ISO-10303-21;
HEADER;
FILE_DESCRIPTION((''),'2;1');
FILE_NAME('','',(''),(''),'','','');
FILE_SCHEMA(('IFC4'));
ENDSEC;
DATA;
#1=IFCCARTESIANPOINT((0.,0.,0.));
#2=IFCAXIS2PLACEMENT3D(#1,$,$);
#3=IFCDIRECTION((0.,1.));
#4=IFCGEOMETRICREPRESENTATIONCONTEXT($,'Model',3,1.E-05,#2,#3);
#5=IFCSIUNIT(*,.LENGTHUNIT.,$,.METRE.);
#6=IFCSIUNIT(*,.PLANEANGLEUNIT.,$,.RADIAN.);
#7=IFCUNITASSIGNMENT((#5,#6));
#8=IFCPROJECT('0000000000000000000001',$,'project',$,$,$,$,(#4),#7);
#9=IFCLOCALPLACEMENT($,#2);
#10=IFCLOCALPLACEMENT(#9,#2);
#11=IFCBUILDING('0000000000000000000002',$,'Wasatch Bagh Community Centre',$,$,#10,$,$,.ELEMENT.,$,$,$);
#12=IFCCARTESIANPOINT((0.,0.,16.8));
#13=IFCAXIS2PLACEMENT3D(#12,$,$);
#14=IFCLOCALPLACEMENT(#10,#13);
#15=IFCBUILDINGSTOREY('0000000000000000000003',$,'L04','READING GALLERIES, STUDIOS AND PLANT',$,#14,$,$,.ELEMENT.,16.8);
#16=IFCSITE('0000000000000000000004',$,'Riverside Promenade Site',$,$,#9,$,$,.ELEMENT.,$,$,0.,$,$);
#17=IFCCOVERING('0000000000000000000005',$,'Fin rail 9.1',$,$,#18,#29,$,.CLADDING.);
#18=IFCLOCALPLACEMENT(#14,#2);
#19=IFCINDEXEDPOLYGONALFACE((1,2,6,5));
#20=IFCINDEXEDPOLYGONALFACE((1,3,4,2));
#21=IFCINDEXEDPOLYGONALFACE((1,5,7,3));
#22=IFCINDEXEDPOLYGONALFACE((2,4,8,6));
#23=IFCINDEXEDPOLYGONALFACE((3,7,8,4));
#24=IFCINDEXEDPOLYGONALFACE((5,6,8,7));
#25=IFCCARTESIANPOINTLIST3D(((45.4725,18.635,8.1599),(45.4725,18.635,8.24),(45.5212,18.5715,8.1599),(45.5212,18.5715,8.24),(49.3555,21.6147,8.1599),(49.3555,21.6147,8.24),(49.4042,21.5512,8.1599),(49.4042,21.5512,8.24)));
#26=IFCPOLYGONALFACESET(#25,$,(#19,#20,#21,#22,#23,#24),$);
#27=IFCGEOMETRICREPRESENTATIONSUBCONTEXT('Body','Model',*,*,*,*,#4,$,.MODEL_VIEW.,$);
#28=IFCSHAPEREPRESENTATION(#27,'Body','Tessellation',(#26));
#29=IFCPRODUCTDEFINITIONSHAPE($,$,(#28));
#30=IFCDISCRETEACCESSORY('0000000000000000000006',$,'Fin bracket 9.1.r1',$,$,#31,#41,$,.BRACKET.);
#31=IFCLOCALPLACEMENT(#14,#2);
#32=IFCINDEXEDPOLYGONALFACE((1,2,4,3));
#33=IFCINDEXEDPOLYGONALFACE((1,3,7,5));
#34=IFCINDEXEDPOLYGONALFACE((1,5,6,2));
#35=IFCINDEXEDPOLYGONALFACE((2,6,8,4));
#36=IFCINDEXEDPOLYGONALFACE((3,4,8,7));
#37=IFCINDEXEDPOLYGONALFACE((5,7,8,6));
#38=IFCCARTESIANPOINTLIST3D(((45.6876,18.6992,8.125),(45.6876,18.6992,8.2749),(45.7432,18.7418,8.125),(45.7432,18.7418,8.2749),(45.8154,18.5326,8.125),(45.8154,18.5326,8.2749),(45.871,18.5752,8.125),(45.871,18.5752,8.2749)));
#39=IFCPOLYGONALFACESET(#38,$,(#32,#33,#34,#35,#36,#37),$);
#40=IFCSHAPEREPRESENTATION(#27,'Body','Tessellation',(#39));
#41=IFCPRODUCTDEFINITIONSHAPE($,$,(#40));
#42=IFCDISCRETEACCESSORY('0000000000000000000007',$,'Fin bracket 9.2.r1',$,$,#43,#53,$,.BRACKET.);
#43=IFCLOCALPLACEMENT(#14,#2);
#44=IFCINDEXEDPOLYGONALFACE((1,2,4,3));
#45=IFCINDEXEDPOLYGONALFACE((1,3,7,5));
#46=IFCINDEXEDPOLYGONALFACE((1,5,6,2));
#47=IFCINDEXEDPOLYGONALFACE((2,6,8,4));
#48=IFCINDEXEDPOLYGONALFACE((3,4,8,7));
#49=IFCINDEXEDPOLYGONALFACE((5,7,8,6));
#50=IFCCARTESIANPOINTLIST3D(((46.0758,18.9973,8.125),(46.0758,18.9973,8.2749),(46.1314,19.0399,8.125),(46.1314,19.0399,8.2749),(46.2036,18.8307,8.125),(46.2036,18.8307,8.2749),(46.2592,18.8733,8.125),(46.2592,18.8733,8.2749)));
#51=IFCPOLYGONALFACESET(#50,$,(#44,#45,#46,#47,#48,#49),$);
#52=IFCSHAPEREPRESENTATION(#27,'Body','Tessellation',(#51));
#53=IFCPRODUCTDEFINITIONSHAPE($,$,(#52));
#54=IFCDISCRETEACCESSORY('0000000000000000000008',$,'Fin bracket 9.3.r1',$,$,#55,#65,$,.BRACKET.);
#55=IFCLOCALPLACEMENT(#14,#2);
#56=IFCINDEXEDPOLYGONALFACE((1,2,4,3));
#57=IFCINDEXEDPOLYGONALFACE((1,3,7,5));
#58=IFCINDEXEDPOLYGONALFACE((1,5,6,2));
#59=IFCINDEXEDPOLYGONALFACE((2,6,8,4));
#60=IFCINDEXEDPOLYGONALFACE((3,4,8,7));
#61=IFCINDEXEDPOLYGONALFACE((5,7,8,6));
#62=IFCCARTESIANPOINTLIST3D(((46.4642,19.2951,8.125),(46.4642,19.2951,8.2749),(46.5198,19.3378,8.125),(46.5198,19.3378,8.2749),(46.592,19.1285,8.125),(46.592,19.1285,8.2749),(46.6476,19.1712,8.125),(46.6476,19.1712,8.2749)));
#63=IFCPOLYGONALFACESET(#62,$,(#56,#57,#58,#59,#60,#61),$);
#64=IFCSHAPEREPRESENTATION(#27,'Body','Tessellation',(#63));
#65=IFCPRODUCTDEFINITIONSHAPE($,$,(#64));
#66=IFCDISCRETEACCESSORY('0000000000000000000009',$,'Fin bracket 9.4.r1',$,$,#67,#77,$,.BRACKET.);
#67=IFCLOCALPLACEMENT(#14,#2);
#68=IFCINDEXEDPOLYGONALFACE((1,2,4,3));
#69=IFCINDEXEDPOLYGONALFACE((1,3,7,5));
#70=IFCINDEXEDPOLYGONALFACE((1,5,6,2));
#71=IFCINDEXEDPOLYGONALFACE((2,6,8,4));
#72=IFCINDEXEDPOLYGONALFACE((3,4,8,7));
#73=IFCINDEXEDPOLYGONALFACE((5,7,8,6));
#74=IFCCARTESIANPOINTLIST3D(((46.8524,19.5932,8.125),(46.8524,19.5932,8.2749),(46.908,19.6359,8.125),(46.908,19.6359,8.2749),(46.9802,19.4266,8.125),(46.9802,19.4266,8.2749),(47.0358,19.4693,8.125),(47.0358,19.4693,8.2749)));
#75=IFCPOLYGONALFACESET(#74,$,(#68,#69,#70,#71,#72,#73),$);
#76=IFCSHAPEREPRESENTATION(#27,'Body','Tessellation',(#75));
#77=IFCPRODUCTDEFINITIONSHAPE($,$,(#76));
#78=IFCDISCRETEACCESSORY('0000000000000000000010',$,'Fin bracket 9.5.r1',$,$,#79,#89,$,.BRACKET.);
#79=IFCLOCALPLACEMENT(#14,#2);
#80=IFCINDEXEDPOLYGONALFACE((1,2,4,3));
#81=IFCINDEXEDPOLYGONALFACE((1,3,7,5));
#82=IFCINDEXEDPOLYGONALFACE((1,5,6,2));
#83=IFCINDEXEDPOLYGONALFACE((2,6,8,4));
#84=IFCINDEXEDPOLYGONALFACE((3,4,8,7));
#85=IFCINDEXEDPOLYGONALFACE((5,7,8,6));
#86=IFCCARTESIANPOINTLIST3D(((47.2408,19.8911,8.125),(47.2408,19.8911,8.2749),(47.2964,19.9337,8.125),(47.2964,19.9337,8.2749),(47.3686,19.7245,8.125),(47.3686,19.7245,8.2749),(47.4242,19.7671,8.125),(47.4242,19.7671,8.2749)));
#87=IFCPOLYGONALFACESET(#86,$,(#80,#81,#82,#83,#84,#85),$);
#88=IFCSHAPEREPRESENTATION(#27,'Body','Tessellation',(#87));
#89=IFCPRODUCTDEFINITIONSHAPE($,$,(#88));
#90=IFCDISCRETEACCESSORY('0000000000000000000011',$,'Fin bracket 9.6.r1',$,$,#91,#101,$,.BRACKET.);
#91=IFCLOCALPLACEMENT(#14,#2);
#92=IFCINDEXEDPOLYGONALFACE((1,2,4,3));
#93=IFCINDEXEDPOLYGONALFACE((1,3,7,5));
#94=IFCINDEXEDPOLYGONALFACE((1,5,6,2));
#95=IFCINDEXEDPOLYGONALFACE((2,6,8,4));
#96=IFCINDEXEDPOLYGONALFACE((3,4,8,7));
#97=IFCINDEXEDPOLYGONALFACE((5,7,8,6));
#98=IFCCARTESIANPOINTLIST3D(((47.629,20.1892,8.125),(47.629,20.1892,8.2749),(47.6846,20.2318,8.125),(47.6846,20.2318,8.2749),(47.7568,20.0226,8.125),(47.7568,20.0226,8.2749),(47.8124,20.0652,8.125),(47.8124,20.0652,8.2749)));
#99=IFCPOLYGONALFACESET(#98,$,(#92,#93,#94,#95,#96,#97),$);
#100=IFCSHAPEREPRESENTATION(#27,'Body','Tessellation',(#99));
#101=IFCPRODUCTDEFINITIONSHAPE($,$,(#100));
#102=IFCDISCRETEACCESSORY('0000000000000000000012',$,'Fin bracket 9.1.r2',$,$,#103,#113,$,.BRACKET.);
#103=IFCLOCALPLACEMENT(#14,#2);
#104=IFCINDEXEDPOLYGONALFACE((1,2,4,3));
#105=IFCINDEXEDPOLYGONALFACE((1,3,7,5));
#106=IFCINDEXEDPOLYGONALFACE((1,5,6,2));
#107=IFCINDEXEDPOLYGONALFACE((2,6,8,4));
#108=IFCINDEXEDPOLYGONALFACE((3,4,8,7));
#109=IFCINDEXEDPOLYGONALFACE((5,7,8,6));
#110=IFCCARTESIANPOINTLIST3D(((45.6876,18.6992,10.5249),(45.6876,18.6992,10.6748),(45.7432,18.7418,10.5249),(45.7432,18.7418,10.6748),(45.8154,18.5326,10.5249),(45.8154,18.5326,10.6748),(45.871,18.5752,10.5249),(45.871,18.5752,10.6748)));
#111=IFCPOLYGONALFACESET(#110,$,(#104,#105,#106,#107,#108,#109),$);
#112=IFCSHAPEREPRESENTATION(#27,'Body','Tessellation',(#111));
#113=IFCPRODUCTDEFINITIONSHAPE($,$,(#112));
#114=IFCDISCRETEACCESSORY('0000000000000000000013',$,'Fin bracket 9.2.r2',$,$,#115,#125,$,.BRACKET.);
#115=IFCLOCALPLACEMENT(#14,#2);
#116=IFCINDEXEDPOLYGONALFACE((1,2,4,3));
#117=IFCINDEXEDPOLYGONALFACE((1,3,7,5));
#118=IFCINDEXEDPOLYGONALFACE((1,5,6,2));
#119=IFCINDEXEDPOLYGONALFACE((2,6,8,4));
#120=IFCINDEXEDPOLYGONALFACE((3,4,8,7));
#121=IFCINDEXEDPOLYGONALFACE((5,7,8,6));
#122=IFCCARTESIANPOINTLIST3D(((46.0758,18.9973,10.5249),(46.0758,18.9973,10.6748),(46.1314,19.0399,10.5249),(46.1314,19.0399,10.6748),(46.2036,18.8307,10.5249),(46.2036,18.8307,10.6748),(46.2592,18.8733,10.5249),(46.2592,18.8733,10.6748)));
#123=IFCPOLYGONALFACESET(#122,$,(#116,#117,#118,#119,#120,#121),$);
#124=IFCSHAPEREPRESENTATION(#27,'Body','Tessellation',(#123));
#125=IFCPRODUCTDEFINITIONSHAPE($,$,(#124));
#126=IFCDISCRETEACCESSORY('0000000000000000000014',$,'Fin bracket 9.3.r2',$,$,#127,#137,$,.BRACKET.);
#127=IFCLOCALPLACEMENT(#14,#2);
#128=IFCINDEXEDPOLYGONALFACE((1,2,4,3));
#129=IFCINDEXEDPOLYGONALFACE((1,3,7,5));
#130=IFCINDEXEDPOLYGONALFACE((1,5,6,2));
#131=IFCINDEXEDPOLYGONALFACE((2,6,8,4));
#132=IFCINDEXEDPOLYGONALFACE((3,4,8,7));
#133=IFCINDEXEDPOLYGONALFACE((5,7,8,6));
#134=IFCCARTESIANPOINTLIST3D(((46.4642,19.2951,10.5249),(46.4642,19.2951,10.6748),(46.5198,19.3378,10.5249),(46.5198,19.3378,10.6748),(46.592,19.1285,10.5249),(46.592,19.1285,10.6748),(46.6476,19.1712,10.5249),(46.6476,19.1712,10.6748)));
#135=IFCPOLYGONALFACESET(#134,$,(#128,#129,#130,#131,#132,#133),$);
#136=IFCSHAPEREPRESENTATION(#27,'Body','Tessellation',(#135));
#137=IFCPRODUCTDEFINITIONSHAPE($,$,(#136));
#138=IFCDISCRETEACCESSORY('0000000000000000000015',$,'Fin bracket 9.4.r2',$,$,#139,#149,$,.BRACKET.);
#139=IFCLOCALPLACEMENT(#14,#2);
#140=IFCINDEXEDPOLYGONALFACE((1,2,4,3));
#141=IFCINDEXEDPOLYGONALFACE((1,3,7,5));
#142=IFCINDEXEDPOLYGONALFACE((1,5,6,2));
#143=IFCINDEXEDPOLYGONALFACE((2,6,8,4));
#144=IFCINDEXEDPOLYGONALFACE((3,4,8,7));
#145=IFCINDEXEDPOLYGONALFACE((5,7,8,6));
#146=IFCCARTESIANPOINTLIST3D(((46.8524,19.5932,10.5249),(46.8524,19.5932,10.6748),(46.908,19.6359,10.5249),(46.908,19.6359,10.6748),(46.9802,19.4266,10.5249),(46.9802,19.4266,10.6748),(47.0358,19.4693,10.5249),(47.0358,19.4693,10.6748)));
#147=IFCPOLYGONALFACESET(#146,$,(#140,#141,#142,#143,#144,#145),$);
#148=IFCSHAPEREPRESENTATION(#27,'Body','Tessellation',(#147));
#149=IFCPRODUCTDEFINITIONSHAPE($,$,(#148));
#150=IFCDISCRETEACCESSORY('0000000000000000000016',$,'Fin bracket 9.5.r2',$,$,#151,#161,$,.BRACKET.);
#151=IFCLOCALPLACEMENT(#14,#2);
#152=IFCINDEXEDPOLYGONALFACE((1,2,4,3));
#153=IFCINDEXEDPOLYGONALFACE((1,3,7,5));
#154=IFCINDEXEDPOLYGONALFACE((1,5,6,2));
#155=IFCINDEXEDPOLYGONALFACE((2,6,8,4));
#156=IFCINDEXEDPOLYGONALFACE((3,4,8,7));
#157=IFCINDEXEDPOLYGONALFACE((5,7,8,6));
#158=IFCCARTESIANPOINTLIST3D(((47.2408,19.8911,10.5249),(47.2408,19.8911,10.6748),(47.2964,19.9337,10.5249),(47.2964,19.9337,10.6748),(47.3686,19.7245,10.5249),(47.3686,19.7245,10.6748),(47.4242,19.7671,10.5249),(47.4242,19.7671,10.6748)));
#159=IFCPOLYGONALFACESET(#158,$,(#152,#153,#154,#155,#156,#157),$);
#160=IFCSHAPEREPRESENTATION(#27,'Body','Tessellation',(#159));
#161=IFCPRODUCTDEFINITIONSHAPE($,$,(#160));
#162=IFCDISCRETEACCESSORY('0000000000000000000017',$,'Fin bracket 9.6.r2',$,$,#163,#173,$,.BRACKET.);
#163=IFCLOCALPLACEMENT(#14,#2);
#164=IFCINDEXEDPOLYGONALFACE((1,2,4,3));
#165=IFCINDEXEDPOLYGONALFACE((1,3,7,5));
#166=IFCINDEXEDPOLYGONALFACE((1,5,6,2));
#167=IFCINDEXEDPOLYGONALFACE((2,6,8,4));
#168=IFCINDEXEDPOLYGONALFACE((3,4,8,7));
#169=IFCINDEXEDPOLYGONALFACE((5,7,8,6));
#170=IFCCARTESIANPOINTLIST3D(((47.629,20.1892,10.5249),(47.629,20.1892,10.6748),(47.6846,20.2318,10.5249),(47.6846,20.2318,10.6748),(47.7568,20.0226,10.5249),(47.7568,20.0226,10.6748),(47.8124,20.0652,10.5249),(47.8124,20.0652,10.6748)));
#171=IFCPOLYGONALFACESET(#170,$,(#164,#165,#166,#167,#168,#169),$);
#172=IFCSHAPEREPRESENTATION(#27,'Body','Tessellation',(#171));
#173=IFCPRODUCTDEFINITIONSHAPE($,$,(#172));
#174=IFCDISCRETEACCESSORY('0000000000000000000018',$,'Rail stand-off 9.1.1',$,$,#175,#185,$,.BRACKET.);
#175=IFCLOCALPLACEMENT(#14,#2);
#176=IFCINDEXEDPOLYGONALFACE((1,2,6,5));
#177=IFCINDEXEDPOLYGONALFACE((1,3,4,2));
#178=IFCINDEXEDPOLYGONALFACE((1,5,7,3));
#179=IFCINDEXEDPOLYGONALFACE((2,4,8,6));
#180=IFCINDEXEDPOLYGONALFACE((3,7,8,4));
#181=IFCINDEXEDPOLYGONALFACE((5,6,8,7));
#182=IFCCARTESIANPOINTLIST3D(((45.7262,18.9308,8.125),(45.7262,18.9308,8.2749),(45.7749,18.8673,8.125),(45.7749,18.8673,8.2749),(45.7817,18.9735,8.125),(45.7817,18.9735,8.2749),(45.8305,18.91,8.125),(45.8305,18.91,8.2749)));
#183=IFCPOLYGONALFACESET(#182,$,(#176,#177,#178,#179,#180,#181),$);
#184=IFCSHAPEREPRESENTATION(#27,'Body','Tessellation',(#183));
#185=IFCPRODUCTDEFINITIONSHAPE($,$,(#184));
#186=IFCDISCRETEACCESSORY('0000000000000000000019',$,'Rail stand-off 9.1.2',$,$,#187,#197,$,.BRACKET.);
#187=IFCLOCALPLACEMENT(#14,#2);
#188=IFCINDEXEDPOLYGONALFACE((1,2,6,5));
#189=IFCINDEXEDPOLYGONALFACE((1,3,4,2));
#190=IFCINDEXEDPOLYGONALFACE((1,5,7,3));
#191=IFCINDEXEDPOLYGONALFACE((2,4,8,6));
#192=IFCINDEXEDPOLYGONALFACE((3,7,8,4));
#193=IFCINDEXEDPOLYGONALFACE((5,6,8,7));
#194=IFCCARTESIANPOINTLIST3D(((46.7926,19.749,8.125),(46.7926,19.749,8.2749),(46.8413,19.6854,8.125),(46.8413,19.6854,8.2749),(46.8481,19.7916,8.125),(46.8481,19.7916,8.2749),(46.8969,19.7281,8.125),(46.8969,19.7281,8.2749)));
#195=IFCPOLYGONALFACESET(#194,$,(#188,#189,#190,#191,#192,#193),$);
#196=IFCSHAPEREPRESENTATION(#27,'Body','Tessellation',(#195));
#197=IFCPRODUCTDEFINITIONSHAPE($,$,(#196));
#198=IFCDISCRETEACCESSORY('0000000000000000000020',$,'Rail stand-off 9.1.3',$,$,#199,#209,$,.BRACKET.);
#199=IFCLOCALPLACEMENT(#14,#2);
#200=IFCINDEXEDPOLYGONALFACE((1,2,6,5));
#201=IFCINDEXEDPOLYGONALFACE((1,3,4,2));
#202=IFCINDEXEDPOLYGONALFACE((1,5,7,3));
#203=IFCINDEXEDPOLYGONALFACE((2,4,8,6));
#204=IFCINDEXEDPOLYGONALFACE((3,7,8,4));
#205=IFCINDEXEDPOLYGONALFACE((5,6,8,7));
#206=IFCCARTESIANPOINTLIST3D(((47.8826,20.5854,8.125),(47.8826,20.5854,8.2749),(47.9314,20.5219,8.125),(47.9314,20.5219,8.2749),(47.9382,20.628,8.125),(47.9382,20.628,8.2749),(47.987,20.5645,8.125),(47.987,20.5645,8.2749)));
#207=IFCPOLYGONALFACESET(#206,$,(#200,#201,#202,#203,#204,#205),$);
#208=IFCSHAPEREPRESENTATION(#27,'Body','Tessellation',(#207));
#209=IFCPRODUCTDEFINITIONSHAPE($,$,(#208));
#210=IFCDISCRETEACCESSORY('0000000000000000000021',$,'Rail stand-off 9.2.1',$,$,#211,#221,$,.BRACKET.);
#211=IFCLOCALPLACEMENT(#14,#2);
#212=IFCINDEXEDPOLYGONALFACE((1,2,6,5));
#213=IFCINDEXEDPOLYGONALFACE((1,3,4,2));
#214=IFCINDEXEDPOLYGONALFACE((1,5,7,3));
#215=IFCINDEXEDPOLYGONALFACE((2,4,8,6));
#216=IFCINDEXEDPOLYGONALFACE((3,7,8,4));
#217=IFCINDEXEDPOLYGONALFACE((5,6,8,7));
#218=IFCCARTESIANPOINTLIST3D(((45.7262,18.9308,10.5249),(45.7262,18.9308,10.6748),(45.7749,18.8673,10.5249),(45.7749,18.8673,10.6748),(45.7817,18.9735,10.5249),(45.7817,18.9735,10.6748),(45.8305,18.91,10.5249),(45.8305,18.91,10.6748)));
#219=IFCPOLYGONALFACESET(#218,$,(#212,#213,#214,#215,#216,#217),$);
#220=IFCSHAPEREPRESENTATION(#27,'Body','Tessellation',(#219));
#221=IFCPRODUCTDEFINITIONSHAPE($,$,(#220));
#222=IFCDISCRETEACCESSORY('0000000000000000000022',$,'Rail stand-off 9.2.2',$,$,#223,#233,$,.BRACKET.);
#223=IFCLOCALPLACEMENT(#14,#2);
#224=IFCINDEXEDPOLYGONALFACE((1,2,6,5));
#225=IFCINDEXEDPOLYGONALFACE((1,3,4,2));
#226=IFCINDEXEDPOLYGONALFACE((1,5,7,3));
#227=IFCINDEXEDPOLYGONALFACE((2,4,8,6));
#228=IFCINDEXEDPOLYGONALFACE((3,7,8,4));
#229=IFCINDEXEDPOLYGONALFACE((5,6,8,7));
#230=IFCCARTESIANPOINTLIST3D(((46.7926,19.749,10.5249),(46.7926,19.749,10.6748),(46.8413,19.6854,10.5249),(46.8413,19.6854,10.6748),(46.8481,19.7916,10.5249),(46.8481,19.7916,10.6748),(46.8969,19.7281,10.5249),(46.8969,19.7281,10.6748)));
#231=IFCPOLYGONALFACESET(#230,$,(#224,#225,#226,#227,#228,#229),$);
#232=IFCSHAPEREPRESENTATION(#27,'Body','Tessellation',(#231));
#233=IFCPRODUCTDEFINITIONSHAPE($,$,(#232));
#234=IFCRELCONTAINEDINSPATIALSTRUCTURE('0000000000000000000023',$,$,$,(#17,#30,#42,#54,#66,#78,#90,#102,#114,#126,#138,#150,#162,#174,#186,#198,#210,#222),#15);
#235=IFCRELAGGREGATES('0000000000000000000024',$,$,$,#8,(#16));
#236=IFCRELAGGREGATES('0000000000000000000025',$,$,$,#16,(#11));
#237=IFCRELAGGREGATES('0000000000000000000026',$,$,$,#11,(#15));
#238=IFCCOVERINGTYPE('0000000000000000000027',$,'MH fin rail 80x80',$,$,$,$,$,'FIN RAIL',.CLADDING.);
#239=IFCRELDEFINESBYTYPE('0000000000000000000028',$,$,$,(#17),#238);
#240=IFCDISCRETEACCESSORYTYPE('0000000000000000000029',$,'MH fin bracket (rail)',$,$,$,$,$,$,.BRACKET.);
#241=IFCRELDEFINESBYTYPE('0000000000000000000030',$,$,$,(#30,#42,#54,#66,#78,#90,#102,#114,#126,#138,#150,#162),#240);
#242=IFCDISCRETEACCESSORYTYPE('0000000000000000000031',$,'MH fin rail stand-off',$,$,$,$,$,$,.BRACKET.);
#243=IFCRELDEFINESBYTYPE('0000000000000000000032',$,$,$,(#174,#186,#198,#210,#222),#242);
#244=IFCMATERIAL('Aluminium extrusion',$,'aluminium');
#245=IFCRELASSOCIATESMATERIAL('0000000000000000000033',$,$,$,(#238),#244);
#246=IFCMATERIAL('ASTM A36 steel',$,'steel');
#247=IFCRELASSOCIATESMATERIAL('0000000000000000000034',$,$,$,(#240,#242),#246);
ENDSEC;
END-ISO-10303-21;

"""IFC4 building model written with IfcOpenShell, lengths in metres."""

from ifc_helpers import new_model, si_unit, direction, frame, origin, origin_2d, place, context, subcontext, project, spatial, rectangle, extrude, material, material_profile, profile_set, type_object, element, save


model = new_model("IFC4")

# Units and contexts
model_context = context("Model", 3, precision=1e-05, world=origin(), true_north=direction((0.0, 1.0)))
body_context = subcontext(model_context, "Body", "Model", "MODEL_VIEW")
ifc_project = project(units=[si_unit("LENGTHUNIT", "METRE"), si_unit("PLANEANGLEUNIT", "RADIAN")], contexts=[model_context])

# Site, building, storey
site_placement = place(None, origin())
site = spatial("IfcSite", under=ifc_project, at=site_placement, Name="Riverside Promenade Site", CompositionType="ELEMENT", RefElevation=0.0)
building_placement = place(site_placement, origin())
building = spatial("IfcBuilding", under=site, at=building_placement, Name="Wasatch Bagh Community Centre", CompositionType="ELEMENT")
storey_placement = place(building_placement, frame((0.0, 0.0, 16.8)))
storey = spatial("IfcBuildingStorey", under=building, at=storey_placement, Name="L04", Description="READING GALLERIES, STUDIOS AND PLANT", CompositionType="ELEMENT", Elevation=16.8)

# Shared definitions
ifc_material_1 = material(Name="Aluminium extrusion", Category="aluminium")

# Covering
ifc_material_profile_1 = material_profile(ifc_material_1, rectangle(XDim=0.0801, YDim=0.0801, at=origin_2d()), Name="AL 80x80")
ifc_profile_set_1 = profile_set([ifc_material_profile_1], Name="Aluminium extrusion")
covering_type = type_object("IfcCoveringType", Name="MH fin rail 80x80", ElementType="FIN RAIL", PredefinedType="CLADDING", material=ifc_profile_set_1)
covering_placement = place(storey_placement, frame((45.4968, 18.6033, 8.2), z_axis=(0.793337, 0.608782, 0.0), x_axis=(-0.608782, 0.793337, 0.0)))
element("IfcCovering", 1, at=covering_placement, inside=storey, type_object=covering_type, Name="Fin rail 9.1", PredefinedType="CLADDING", context=body_context, shape_type="SweptSolid", body=[
    extrude(rectangle(XDim=0.0801, YDim=0.0801, at=origin_2d()), origin(), (0.0, 0.0, 1.0), 4.8945),
])

# Discrete accessories
ifc_material_2 = material(Name="ASTM A36 steel", Category="steel")
discrete_accessory_type_1 = type_object("IfcDiscreteAccessoryType", Name="MH fin bracket (rail)", PredefinedType="BRACKET", material=ifc_material_2)
for number, where, z_axis, x_axis, name in (
    (2, (45.7793, 18.6372, 8.125), (0.0, 0.0, 1.0), (0.793353, 0.608761, 0.0), "Fin bracket 9.1.r1"),
    (3, (46.1675, 18.9353, 8.125), (0.0, 0.0, 1.0), (0.793353, 0.608761, 0.0), "Fin bracket 9.2.r1"),
    (4, (46.5559, 19.2332, 8.125), (0.0, 0.0, 1.0), (0.793353, 0.608761, 0.0), "Fin bracket 9.3.r1"),
    (5, (46.9441, 19.5312, 8.125), (0.0, 0.0, 1.0), (0.793353, 0.608761, 0.0), "Fin bracket 9.4.r1"),
    (6, (47.3325, 19.8291, 8.125), (0.0, 0.0, 1.0), (0.793353, 0.608761, 0.0), "Fin bracket 9.5.r1"),
    (7, (47.7207, 20.1272, 8.125), (0.0, 0.0, 1.0), (0.793353, 0.608761, 0.0), "Fin bracket 9.6.r1"),
    (8, (45.7793, 18.6372, 10.5249), (0.0, 0.0, 1.0), (0.793353, 0.608761, 0.0), "Fin bracket 9.1.r2"),
    (9, (46.1675, 18.9353, 10.5249), (0.0, 0.0, 1.0), (0.793353, 0.608761, 0.0), "Fin bracket 9.2.r2"),
    (10, (46.5559, 19.2332, 10.5249), (0.0, 0.0, 1.0), (0.793353, 0.608761, 0.0), "Fin bracket 9.3.r2"),
    (11, (46.9441, 19.5312, 10.5249), (0.0, 0.0, 1.0), (0.793353, 0.608761, 0.0), "Fin bracket 9.4.r2"),
    (12, (47.3325, 19.8291, 10.5249), (0.0, 0.0, 1.0), (0.793353, 0.608761, 0.0), "Fin bracket 9.5.r2"),
    (13, (47.7207, 20.1272, 10.5249), (0.0, 0.0, 1.0), (0.793353, 0.608761, 0.0), "Fin bracket 9.6.r2"),
):
    element("IfcDiscreteAccessory", number, at=place(storey_placement, frame(where, z_axis=z_axis, x_axis=x_axis)), inside=storey, type_object=discrete_accessory_type_1, Name=name, PredefinedType="BRACKET", context=body_context, shape_type="SweptSolid", body=[
        extrude(rectangle(XDim=0.0701, YDim=0.21, at=origin_2d()), origin(), (0.0, 0.0, 1.0), 0.1499),
    ])
discrete_accessory_type_2 = type_object("IfcDiscreteAccessoryType", Name="MH fin rail stand-off", PredefinedType="BRACKET", material=ifc_material_2)
for number, where, z_axis, x_axis, name in (
    (14, (45.7783, 18.9204, 8.125), (0.0, 0.0, 1.0), (0.793353, 0.608761, 0.0), "Rail stand-off 9.1.1"),
    (15, (46.8447, 19.7385, 8.125), (0.0, 0.0, 1.0), (0.793353, 0.608761, 0.0), "Rail stand-off 9.1.2"),
    (16, (47.9348, 20.575, 8.125), (0.0, 0.0, 1.0), (0.793353, 0.608761, 0.0), "Rail stand-off 9.1.3"),
    (17, (45.7783, 18.9204, 10.5249), (0.0, 0.0, 1.0), (0.793353, 0.608761, 0.0), "Rail stand-off 9.2.1"),
    (18, (46.8447, 19.7385, 10.5249), (0.0, 0.0, 1.0), (0.793353, 0.608761, 0.0), "Rail stand-off 9.2.2"),
):
    element("IfcDiscreteAccessory", number, at=place(storey_placement, frame(where, z_axis=z_axis, x_axis=x_axis)), inside=storey, type_object=discrete_accessory_type_2, Name=name, PredefinedType="BRACKET", context=body_context, shape_type="SweptSolid", body=[
        extrude(rectangle(XDim=0.0701, YDim=0.0801, at=origin_2d()), origin(), (0.0, 0.0, 1.0), 0.1499),
    ])

save(model, "model.ifc")
